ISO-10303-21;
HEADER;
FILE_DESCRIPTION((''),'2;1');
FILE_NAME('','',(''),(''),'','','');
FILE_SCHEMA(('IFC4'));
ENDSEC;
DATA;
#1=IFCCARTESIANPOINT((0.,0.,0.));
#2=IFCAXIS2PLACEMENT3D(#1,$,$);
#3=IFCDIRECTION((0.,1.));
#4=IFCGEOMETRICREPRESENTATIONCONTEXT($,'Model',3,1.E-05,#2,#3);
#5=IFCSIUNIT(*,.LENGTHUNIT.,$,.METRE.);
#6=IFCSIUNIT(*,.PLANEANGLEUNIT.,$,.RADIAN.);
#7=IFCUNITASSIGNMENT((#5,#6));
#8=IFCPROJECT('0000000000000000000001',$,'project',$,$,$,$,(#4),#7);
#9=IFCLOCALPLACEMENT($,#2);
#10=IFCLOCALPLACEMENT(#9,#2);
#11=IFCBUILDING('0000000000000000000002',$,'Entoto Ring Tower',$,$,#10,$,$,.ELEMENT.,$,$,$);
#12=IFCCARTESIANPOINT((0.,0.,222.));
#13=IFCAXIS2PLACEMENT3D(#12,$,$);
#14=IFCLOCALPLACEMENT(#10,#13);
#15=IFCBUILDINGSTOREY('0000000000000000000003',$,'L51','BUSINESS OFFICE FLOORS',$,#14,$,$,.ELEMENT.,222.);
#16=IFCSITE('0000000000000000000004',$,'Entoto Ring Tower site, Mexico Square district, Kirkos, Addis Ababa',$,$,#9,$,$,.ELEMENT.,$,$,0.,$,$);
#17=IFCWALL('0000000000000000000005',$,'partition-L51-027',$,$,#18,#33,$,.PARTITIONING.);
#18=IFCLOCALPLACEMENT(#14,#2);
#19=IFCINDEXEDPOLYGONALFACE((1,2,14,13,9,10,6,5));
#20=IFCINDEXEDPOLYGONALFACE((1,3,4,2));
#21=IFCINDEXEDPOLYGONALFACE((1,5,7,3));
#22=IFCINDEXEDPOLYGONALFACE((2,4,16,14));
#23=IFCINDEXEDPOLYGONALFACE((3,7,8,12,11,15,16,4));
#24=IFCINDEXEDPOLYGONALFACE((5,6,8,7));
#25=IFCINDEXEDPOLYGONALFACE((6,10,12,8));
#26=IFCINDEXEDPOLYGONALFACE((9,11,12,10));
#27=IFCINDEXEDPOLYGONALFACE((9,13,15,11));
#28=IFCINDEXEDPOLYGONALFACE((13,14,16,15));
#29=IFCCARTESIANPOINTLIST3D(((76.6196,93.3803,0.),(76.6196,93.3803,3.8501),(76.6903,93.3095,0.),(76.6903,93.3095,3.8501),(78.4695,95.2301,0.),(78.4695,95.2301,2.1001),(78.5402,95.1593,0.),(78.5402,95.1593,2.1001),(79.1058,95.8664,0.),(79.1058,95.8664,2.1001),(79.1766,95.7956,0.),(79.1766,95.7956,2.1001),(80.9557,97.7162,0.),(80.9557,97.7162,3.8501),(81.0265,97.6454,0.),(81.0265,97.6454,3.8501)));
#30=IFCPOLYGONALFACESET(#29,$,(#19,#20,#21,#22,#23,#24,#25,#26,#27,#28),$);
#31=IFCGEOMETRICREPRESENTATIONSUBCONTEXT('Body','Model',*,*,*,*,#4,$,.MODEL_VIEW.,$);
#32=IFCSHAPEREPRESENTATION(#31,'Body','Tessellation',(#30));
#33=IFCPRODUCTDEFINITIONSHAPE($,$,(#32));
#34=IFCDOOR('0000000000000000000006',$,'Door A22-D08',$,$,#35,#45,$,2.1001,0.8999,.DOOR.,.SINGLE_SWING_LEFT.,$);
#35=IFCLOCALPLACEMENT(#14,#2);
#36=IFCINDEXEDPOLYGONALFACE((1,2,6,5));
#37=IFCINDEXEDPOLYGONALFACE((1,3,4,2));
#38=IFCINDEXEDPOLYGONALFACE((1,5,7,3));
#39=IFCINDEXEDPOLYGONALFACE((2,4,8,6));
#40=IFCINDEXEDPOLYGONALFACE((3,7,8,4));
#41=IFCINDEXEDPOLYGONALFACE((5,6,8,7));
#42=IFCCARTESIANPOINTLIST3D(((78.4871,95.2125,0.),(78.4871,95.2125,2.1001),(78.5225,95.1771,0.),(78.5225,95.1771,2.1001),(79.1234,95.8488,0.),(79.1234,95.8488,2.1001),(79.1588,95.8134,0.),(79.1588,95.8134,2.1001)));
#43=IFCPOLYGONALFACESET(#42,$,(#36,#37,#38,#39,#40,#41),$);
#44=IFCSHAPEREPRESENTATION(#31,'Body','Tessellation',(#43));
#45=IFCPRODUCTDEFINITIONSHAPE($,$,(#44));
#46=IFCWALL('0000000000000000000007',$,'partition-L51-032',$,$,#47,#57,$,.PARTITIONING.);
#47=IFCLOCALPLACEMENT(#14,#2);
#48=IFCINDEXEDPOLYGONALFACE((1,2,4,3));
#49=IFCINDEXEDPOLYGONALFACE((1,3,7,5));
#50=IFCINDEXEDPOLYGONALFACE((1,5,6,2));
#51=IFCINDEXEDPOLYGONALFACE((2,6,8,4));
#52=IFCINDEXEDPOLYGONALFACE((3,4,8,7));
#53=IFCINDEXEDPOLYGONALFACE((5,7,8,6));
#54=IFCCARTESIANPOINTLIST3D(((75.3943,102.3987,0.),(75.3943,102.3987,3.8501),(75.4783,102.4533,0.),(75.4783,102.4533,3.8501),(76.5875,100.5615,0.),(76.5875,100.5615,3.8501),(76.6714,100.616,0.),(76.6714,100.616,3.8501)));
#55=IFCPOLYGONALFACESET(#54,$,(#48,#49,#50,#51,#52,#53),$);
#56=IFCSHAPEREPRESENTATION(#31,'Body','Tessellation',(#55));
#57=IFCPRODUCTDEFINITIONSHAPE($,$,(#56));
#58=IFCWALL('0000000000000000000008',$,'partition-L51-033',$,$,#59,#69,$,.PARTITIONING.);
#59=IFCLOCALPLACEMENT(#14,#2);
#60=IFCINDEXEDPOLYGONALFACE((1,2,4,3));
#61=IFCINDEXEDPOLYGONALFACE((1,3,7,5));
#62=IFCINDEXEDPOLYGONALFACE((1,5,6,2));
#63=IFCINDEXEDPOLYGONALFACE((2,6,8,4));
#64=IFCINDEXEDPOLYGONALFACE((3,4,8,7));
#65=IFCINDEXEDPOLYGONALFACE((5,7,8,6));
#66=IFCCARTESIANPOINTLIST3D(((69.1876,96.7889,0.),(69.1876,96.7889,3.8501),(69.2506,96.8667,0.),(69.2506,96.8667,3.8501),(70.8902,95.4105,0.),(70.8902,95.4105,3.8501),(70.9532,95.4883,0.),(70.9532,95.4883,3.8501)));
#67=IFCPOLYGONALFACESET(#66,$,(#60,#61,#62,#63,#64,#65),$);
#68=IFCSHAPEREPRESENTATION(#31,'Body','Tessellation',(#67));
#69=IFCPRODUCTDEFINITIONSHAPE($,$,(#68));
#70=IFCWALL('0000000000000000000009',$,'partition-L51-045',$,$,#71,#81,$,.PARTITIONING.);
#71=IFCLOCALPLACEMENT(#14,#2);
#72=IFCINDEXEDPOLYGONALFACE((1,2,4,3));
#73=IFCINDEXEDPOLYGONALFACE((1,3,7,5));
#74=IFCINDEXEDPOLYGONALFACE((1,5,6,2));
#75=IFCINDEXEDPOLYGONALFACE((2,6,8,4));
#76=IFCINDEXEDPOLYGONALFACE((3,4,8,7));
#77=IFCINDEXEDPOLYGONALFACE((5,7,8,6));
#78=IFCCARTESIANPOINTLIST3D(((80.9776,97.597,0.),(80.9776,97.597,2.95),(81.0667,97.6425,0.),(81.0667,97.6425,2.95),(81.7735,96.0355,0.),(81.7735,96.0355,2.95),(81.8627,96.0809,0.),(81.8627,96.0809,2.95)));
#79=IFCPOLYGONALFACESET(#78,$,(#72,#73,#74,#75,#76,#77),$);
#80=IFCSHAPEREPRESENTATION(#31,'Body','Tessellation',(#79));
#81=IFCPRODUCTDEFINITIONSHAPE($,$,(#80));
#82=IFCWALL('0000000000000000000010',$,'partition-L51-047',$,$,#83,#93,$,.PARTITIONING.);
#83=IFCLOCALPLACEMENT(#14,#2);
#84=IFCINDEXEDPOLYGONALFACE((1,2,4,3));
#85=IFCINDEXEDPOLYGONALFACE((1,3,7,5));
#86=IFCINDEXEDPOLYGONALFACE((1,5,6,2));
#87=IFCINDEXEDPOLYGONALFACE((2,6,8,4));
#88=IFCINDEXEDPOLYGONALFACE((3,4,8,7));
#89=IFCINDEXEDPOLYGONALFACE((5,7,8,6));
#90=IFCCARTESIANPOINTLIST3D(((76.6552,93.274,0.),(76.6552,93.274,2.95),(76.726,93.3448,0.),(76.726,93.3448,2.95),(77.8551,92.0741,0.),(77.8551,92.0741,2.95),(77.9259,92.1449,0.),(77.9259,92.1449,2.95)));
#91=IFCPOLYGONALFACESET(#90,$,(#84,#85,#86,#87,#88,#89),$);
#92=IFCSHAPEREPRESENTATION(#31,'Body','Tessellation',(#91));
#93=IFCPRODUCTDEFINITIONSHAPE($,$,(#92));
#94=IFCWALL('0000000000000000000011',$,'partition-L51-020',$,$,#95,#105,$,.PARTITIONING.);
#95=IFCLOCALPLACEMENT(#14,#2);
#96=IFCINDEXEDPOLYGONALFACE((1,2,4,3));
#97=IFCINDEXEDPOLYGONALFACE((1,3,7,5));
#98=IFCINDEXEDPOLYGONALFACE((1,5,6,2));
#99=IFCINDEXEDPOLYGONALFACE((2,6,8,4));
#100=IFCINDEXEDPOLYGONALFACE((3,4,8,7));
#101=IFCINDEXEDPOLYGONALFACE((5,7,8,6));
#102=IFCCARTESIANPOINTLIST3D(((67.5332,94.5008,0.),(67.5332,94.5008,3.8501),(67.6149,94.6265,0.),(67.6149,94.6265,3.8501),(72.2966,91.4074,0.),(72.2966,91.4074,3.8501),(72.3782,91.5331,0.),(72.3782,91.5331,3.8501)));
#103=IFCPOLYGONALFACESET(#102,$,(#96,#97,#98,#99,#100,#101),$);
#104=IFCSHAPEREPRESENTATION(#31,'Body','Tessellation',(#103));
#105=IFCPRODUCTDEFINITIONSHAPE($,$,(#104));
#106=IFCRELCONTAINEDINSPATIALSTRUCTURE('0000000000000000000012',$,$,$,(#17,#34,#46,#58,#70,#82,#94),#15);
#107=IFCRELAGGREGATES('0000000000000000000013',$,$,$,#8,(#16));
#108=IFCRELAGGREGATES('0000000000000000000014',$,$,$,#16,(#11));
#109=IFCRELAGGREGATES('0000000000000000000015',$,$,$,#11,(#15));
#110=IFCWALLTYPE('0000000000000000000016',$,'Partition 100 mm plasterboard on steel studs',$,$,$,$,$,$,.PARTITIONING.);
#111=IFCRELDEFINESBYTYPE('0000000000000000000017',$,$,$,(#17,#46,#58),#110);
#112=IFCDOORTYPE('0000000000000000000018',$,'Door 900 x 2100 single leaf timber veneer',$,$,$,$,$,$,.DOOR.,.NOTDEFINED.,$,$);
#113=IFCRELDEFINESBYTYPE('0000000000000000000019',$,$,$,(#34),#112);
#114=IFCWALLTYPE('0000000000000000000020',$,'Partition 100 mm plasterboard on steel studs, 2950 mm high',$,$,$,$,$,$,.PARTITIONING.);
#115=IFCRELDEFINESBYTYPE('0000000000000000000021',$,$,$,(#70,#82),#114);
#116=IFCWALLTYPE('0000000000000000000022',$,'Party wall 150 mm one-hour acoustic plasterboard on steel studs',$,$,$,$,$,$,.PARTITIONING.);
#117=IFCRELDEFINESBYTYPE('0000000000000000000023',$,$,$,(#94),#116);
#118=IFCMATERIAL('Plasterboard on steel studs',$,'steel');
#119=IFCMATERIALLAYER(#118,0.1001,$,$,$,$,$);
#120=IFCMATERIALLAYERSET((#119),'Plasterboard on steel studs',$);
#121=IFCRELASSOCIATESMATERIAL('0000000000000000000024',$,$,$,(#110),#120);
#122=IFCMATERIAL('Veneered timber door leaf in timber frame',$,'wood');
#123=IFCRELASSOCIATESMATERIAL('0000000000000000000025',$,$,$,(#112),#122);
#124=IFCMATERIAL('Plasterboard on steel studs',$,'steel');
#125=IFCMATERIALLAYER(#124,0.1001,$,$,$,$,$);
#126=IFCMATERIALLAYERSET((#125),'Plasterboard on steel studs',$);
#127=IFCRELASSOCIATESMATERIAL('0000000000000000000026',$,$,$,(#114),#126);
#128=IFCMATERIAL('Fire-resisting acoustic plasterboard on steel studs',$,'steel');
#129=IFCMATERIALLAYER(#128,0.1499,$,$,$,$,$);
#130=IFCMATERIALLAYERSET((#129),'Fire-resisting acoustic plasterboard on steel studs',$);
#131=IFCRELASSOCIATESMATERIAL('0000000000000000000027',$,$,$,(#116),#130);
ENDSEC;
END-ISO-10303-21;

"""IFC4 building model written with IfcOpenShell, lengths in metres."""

from ifc_helpers import new_model, si_unit, direction, frame, frame_2d, origin, place, context, subcontext, project, spatial, rectangle, extrude, material, layer, layer_set, type_object, element, fill, save


model = new_model("IFC4")

# Units and contexts
model_context = context("Model", 3, precision=1e-05, world=origin(), true_north=direction((0.0, 1.0)))
body_context = subcontext(model_context, "Body", "Model", "MODEL_VIEW")
ifc_project = project(units=[si_unit("LENGTHUNIT", "METRE"), si_unit("PLANEANGLEUNIT", "RADIAN")], contexts=[model_context])

# Site, building, storey
site_placement = place(None, origin())
site = spatial("IfcSite", under=ifc_project, at=site_placement, Name="Entoto Ring Tower site, Mexico Square district, Kirkos, Addis Ababa", CompositionType="ELEMENT", RefElevation=0.0)
building_placement = place(site_placement, origin())
building = spatial("IfcBuilding", under=site, at=building_placement, Name="Entoto Ring Tower", CompositionType="ELEMENT")
storey_placement = place(building_placement, frame((0.0, 0.0, 222.0)))
storey = spatial("IfcBuildingStorey", under=building, at=storey_placement, Name="L51", Description="BUSINESS OFFICE FLOORS", CompositionType="ELEMENT", Elevation=222.0)

# Wall, opening, door
ifc_material_1 = material(Name="Plasterboard on steel studs", Category="steel")
ifc_layer_1 = layer(ifc_material_1, 0.1001)
ifc_layer_set_1 = layer_set([ifc_layer_1], Name="Plasterboard on steel studs")
wall_type_1 = type_object("IfcWallType", Name="Partition 100 mm plasterboard on steel studs", PredefinedType="PARTITIONING", material=ifc_layer_set_1)
ifc_material_2 = material(Name="Veneered timber door leaf in timber frame", Category="wood")
door_type_1 = type_object("IfcDoorType", Name="Door 900 x 2100 single leaf timber veneer", OperationType="NOTDEFINED", PredefinedType="DOOR", material=ifc_material_2)
wall_1_placement = place(storey_placement, frame((76.655, 93.345, 0.0), z_axis=(0.0, 0.0, 1.0), x_axis=(0.707127, 0.707087, 0.0)))
wall_1 = element("IfcWall", 1, at=wall_1_placement, inside=storey, type_object=wall_type_1, Name="partition-L51-027", PredefinedType="PARTITIONING", context=body_context, shape_type="SweptSolid", body=[
    extrude(rectangle(XDim=6.1321, YDim=0.1001, at=frame_2d((3.0659, 0.0))), origin(), (0.0, 0.0, 1.0), 3.8501),
])
opening_1_placement = place(wall_1_placement, frame((2.616, 0.0, 0.0)))
opening_1 = element("IfcOpeningElement", 2, at=opening_1_placement, cuts=wall_1, PredefinedType="OPENING", context=body_context, shape_type="SweptSolid", body=[
    extrude(rectangle(XDim=0.8999, YDim=2.1001, at=frame_2d((0.45, 1.05))), frame((0.0, 0.0601, 0.0), z_axis=(0.0, -1.0, 0.0), x_axis=(1.0, 0.0, 0.0)), (0.0, 0.0, 1.0), 0.1201),
])
door_1_placement = place(opening_1_placement, frame((0.8999, 0.0, 0.0), z_axis=(0.0, 0.0, 1.0), x_axis=(-1.0, 0.0, 0.0)))
door_1 = element("IfcDoor", 3, at=door_1_placement, inside=storey, type_object=door_type_1, Name="Door A22-D08", OperationType="SINGLE_SWING_LEFT", OverallHeight=2.1001, OverallWidth=0.8999, PredefinedType="DOOR", context=body_context, shape_type="SweptSolid", body=[
    extrude(rectangle(XDim=0.8999, YDim=2.1001, at=frame_2d((0.45, 1.05))), frame((0.0, 0.0249, 0.0), z_axis=(0.0, -1.0, 0.0), x_axis=(1.0, 0.0, 0.0)), (0.0, 0.0, 1.0), 0.05),
])
fill(opening_1, door_1)

# Walls
for number, where, z_axis, x_axis, name in (
    (4, (76.6294, 100.5889, 0.0), (0.0, 0.0, 1.0), (-0.544655, 0.83866, 0.0), "partition-L51-032"),
    (5, (70.9216, 95.4495, 0.0), (0.0, 0.0, 1.0), (-0.777224, 0.629224, 0.0), "partition-L51-033"),
):
    element("IfcWall", number, at=place(storey_placement, frame(where, z_axis=z_axis, x_axis=x_axis)), inside=storey, type_object=wall_type_1, Name=name, PredefinedType="PARTITIONING", context=body_context, shape_type="SweptSolid", body=[
        extrude(rectangle(XDim=2.1907, YDim=0.1001, at=frame_2d((1.0952, 0.0))), origin(), (0.0, 0.0, 1.0), 3.8501),
    ])
ifc_material_3 = material(Name="Plasterboard on steel studs", Category="steel")
ifc_layer_2 = layer(ifc_material_3, 0.1001)
ifc_layer_set_2 = layer_set([ifc_layer_2], Name="Plasterboard on steel studs")
wall_type_2 = type_object("IfcWallType", Name="Partition 100 mm plasterboard on steel studs, 2950 mm high", PredefinedType="PARTITIONING", material=ifc_layer_set_2)
wall_2_placement = place(storey_placement, frame((81.8181, 96.0581, 0.0), z_axis=(0.0, 0.0, 1.0), x_axis=(-0.454109, 0.890946, 0.0)))
element("IfcWall", 6, at=wall_2_placement, inside=storey, type_object=wall_type_2, Name="partition-L51-045", PredefinedType="PARTITIONING", context=body_context, shape_type="SweptSolid", body=[
    extrude(rectangle(XDim=1.7527, YDim=0.1001, at=frame_2d((0.8765, 0.0))), origin(), (0.0, 0.0, 1.0), 2.95),
])
wall_3_placement = place(storey_placement, frame((77.8906, 92.1094, 0.0), z_axis=(0.0, 0.0, 1.0), x_axis=(-0.707107, 0.707107, 0.0)))
element("IfcWall", 7, at=wall_3_placement, inside=storey, type_object=wall_type_2, Name="partition-L51-047", PredefinedType="PARTITIONING", context=body_context, shape_type="SweptSolid", body=[
    extrude(rectangle(XDim=1.697, YDim=0.1001, at=frame_2d((0.8486, 0.0))), origin(), (0.0, 0.0, 1.0), 2.95),
])
ifc_material_4 = material(Name="Fire-resisting acoustic plasterboard on steel studs", Category="steel")
ifc_layer_3 = layer(ifc_material_4, 0.1499)
ifc_layer_set_3 = layer_set([ifc_layer_3], Name="Fire-resisting acoustic plasterboard on steel studs")
wall_type_3 = type_object("IfcWallType", Name="Party wall 150 mm one-hour acoustic plasterboard on steel studs", PredefinedType="PARTITIONING", material=ifc_layer_set_3)
wall_4_placement = place(storey_placement, frame((72.3374, 91.4702, 0.0), z_axis=(0.0, 0.0, 1.0), x_axis=(-0.838663, 0.544651, 0.0)))
element("IfcWall", 8, at=wall_4_placement, inside=storey, type_object=wall_type_3, Name="partition-L51-020", PredefinedType="PARTITIONING", context=body_context, shape_type="SweptSolid", body=[
    extrude(rectangle(XDim=5.6797, YDim=0.1499, at=frame_2d((2.8398, 0.0))), origin(), (0.0, 0.0, 1.0), 3.8501),
])

save(model, "model.ifc")
